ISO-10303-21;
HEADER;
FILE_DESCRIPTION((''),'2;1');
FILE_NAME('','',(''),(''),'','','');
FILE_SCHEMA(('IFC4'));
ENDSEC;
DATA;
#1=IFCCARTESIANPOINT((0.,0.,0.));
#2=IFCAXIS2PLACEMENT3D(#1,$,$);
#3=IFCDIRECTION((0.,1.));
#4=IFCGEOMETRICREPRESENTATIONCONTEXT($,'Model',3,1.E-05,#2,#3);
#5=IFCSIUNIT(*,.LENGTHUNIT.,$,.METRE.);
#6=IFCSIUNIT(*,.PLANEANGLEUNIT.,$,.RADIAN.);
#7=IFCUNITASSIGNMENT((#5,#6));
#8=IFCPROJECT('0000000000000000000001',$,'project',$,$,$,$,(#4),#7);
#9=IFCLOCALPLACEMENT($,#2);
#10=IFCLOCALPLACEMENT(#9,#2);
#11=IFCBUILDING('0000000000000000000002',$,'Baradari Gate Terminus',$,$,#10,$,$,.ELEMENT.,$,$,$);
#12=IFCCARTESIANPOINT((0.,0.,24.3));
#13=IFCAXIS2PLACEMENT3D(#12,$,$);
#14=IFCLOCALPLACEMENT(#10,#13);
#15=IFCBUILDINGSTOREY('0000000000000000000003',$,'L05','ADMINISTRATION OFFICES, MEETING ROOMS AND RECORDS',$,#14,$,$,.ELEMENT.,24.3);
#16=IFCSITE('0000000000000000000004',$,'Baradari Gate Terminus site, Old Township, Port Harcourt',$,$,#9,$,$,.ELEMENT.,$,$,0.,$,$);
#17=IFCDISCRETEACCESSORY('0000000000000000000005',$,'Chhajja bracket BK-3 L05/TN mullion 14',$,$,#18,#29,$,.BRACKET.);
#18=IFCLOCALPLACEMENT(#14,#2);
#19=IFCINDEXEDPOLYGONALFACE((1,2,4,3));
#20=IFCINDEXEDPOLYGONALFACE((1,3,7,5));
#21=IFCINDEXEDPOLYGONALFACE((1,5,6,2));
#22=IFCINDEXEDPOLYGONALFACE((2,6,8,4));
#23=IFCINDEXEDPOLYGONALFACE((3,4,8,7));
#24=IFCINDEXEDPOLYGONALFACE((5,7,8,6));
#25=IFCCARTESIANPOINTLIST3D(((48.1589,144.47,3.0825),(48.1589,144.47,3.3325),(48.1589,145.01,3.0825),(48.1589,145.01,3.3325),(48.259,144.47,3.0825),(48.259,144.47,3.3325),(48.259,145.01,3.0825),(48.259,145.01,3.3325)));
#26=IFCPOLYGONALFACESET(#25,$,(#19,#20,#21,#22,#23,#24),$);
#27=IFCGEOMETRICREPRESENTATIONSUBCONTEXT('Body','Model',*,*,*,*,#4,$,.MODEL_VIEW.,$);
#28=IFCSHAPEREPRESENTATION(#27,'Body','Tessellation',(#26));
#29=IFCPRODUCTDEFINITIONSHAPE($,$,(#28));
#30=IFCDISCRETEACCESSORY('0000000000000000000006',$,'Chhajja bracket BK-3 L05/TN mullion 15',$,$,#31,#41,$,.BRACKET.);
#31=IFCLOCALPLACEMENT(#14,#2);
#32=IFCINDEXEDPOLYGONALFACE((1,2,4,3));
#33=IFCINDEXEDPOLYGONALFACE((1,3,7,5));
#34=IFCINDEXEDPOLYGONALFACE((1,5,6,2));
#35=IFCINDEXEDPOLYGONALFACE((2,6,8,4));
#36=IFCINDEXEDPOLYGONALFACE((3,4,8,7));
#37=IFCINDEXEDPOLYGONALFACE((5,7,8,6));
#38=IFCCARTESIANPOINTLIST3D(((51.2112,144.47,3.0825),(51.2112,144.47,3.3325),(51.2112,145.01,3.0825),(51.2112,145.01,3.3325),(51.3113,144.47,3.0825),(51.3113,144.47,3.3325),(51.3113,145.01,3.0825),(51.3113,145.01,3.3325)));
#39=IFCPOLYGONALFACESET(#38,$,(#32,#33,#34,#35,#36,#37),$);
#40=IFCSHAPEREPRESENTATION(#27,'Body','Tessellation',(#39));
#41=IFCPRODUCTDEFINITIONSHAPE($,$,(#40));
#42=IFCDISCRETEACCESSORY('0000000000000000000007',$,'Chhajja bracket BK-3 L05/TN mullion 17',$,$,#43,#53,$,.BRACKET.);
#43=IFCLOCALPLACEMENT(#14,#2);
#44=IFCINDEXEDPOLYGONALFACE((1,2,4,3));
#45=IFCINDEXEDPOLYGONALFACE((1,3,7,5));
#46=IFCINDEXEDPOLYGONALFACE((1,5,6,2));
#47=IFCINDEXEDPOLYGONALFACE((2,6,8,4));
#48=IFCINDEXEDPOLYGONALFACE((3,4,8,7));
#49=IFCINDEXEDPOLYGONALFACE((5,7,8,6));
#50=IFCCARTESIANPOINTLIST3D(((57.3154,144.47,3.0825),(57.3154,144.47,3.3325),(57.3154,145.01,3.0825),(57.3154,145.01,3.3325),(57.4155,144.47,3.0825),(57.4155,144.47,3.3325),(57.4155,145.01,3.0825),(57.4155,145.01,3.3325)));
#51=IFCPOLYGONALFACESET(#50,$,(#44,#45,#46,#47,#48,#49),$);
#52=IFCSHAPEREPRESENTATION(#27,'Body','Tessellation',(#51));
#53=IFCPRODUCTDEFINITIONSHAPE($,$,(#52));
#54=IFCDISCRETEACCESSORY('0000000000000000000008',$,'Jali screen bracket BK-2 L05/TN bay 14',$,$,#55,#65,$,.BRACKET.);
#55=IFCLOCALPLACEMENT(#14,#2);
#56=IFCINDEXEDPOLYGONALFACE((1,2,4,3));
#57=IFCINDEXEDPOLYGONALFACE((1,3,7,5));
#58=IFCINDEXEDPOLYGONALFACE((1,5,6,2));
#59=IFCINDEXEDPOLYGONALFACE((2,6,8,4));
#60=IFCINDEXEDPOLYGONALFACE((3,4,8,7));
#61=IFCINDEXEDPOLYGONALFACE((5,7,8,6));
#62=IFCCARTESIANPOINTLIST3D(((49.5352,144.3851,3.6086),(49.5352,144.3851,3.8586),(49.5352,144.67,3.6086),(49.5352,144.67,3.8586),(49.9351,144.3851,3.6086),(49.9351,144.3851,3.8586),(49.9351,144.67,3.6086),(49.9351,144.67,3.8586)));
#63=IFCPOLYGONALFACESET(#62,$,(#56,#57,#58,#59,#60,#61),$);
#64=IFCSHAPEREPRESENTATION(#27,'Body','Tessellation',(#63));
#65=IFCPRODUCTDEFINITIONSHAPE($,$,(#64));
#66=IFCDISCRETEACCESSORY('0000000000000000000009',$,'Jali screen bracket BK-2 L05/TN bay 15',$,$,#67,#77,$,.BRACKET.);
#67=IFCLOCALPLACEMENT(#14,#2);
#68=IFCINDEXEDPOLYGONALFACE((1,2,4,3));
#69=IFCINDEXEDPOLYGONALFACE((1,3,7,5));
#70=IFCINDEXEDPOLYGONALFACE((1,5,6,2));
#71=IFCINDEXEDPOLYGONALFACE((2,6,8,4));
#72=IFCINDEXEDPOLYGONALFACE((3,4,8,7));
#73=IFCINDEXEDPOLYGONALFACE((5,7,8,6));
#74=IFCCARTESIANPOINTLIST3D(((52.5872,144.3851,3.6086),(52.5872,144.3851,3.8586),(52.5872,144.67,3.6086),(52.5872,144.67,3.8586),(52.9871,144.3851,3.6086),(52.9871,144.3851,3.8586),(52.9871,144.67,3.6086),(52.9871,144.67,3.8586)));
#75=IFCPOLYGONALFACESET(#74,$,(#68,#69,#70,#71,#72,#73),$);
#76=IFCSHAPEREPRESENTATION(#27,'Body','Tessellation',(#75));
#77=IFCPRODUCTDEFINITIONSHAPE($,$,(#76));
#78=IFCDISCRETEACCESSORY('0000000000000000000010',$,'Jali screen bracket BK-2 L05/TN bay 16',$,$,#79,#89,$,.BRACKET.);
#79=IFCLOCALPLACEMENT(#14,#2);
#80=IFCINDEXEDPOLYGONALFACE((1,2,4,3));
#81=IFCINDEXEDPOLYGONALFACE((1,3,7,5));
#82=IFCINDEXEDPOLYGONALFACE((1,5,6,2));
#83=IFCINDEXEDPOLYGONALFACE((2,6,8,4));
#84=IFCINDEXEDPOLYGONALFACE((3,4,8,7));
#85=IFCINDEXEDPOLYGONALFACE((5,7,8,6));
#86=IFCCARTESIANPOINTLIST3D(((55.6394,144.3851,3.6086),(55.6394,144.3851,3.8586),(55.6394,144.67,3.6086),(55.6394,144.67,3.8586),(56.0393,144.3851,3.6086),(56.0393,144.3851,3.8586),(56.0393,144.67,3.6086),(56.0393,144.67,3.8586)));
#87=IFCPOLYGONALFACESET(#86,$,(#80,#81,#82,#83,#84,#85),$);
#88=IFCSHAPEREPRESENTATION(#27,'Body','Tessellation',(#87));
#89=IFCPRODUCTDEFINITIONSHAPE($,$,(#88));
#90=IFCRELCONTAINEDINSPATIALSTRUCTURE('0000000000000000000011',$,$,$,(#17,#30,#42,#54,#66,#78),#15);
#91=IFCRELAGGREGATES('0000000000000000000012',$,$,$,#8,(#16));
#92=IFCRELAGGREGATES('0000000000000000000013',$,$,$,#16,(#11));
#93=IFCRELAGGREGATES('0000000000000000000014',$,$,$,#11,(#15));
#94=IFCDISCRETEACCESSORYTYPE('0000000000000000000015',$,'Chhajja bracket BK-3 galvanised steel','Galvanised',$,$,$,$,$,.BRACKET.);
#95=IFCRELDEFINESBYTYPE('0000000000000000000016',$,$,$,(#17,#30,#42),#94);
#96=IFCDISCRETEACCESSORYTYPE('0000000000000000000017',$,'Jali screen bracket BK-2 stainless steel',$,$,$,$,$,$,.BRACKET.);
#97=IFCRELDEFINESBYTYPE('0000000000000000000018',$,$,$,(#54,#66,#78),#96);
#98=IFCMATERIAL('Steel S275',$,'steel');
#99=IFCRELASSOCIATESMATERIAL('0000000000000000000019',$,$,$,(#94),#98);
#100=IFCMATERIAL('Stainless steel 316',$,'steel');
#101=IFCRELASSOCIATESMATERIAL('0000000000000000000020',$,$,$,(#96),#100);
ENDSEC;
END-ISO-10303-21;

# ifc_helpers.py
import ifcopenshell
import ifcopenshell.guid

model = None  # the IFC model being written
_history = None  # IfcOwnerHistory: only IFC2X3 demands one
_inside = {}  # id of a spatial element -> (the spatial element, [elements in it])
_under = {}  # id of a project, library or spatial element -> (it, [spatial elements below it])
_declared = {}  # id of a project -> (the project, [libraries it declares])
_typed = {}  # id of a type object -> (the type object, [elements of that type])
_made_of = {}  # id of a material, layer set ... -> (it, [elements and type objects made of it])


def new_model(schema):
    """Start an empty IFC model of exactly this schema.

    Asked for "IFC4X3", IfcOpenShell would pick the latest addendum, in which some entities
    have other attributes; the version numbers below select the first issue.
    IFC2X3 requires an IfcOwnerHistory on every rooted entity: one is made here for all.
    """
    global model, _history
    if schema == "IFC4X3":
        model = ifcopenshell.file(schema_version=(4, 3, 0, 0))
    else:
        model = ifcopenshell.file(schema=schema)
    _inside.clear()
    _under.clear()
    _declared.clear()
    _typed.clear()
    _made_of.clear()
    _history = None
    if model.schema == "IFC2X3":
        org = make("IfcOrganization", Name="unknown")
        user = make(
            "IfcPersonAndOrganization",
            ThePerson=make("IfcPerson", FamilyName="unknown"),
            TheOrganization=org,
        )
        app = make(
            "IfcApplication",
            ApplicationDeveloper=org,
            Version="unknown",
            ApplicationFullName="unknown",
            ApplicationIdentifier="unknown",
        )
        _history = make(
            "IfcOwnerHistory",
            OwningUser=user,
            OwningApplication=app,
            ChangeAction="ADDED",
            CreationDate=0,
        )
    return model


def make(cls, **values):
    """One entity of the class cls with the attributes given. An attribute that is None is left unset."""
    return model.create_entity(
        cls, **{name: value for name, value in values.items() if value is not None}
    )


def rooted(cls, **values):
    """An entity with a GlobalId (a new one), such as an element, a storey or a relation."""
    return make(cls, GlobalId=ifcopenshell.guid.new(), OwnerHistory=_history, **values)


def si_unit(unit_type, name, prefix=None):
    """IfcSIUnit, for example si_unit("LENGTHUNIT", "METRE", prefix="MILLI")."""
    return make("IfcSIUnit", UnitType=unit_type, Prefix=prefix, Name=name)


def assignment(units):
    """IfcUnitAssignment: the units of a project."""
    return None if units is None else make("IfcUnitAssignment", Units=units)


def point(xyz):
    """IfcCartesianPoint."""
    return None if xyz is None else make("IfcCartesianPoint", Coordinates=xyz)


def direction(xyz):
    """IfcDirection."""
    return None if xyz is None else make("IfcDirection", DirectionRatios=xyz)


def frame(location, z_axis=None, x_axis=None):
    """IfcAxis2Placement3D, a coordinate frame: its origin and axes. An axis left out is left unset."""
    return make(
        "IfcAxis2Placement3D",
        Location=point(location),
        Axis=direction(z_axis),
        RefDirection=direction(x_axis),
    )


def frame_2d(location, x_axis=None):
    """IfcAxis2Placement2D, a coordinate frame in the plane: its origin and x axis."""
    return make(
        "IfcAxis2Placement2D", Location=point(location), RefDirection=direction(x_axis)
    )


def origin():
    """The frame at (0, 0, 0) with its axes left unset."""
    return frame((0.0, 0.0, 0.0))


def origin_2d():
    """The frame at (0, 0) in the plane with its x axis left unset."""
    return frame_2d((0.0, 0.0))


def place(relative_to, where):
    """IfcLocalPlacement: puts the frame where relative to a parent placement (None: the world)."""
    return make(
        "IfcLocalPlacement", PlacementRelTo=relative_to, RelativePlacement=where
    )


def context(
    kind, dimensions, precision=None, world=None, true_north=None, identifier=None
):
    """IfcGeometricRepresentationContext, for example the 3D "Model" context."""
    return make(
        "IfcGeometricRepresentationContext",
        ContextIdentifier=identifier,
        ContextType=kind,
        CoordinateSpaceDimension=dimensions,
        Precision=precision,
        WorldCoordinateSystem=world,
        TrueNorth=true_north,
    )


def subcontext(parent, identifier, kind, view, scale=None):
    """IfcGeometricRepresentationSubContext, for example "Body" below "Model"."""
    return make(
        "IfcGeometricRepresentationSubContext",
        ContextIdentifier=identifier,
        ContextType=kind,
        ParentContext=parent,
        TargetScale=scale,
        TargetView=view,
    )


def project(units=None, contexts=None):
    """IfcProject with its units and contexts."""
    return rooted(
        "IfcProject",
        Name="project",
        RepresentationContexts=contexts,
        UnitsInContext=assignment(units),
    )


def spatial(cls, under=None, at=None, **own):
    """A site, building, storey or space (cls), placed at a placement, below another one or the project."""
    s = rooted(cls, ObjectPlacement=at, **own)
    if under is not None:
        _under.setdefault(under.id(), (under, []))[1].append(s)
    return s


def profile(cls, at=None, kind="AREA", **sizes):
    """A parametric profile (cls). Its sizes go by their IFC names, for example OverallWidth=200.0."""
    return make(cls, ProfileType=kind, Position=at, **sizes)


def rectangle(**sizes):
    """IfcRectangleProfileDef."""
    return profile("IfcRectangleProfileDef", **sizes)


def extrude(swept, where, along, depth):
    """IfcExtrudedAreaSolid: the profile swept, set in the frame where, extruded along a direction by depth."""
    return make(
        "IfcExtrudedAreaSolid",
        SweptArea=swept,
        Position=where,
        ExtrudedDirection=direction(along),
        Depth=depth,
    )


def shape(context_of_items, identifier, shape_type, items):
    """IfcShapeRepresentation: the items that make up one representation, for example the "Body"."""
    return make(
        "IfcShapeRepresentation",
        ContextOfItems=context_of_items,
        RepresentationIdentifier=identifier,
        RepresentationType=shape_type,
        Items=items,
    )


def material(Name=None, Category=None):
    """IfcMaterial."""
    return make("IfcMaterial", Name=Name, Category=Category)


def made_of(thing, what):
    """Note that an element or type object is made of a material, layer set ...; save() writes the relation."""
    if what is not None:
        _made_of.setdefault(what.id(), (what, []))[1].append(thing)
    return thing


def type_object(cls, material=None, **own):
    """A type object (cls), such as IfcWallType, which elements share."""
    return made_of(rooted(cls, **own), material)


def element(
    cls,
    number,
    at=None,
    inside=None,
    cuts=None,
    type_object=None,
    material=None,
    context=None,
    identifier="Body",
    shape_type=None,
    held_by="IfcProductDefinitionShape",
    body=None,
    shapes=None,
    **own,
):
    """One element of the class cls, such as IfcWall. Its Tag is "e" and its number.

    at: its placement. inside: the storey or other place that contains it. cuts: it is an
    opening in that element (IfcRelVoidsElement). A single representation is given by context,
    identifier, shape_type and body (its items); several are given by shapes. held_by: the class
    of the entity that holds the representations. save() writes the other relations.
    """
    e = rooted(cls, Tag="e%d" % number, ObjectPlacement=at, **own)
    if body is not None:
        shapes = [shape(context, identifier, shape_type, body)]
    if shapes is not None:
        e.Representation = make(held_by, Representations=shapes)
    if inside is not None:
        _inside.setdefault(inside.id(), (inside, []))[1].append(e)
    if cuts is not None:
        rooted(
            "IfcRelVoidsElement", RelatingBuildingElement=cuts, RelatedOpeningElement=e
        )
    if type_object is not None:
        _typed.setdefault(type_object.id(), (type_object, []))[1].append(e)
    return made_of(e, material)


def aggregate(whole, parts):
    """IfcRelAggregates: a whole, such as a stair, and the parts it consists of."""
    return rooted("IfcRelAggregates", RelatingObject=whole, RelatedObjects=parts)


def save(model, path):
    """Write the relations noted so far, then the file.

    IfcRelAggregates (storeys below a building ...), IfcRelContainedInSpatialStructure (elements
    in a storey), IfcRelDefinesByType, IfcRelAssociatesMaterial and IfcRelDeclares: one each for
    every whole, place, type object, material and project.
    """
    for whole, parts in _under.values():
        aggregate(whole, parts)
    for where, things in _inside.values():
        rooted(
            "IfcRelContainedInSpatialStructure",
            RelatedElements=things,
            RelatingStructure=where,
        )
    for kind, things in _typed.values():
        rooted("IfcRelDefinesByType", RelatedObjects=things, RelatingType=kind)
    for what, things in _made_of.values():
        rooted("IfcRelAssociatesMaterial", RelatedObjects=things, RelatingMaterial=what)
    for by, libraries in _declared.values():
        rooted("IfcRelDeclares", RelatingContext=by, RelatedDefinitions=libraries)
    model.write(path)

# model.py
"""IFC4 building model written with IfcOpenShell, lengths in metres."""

from ifc_helpers import new_model, si_unit, direction, frame, origin, origin_2d, place, context, subcontext, project, spatial, rectangle, extrude, material, type_object, element, save


model = new_model("IFC4")

# Units and contexts
model_context = context("Model", 3, precision=1e-05, world=origin(), true_north=direction((0.0, 1.0)))
body_context = subcontext(model_context, "Body", "Model", "MODEL_VIEW")
ifc_project = project(units=[si_unit("LENGTHUNIT", "METRE"), si_unit("PLANEANGLEUNIT", "RADIAN")], contexts=[model_context])

# Site, building, storey
site_placement = place(None, origin())
site = spatial("IfcSite", under=ifc_project, at=site_placement, Name="Baradari Gate Terminus site, Old Township, Port Harcourt", CompositionType="ELEMENT", RefElevation=0.0)
building_placement = place(site_placement, origin())
building = spatial("IfcBuilding", under=site, at=building_placement, Name="Baradari Gate Terminus", CompositionType="ELEMENT")
storey_placement = place(building_placement, frame((0.0, 0.0, 24.3)))
storey = spatial("IfcBuildingStorey", under=building, at=storey_placement, Name="L05", Description="ADMINISTRATION OFFICES, MEETING ROOMS AND RECORDS", CompositionType="ELEMENT", Elevation=24.3)

# Discrete accessories
ifc_material_1 = material(Name="Steel S275", Category="steel")
discrete_accessory_type_1 = type_object("IfcDiscreteAccessoryType", Name="Chhajja bracket BK-3 galvanised steel", Description="Galvanised", PredefinedType="BRACKET", material=ifc_material_1)
for number, where, z_axis, x_axis, name in (
    (1, (48.209, 144.74, 3.0825), (0.0, 0.0, 1.0), (0.0, 1.0, 0.0), "Chhajja bracket BK-3 L05/TN mullion 14"),
    (2, (51.2612, 144.74, 3.0825), (0.0, 0.0, 1.0), (0.0, 1.0, 0.0), "Chhajja bracket BK-3 L05/TN mullion 15"),
    (3, (57.3655, 144.74, 3.0825), (0.0, 0.0, 1.0), (0.0, 1.0, 0.0), "Chhajja bracket BK-3 L05/TN mullion 17"),
):
    element("IfcDiscreteAccessory", number, at=place(storey_placement, frame(where, z_axis=z_axis, x_axis=x_axis)), inside=storey, type_object=discrete_accessory_type_1, Name=name, PredefinedType="BRACKET", context=body_context, shape_type="SweptSolid", body=[
        extrude(rectangle(XDim=0.54, YDim=0.1001, at=origin_2d()), origin(), (0.0, 0.0, 1.0), 0.25),
    ])
ifc_material_2 = material(Name="Stainless steel 316", Category="steel")
discrete_accessory_type_2 = type_object("IfcDiscreteAccessoryType", Name="Jali screen bracket BK-2 stainless steel", PredefinedType="BRACKET", material=ifc_material_2)
for number, where, z_axis, x_axis, name in (
    (4, (49.7351, 144.5276, 3.6086), (0.0, 0.0, 1.0), (0.0, 1.0, 0.0), "Jali screen bracket BK-2 L05/TN bay 14"),
    (5, (52.7871, 144.5276, 3.6086), (0.0, 0.0, 1.0), (0.0, 1.0, 0.0), "Jali screen bracket BK-2 L05/TN bay 15"),
    (6, (55.8394, 144.5276, 3.6086), (0.0, 0.0, 1.0), (0.0, 1.0, 0.0), "Jali screen bracket BK-2 L05/TN bay 16"),
):
    element("IfcDiscreteAccessory", number, at=place(storey_placement, frame(where, z_axis=z_axis, x_axis=x_axis)), inside=storey, type_object=discrete_accessory_type_2, Name=name, PredefinedType="BRACKET", context=body_context, shape_type="SweptSolid", body=[
        extrude(rectangle(XDim=0.2849, YDim=0.3999, at=origin_2d()), origin(), (0.0, 0.0, 1.0), 0.25),
    ])

save(model, "model.ifc")
